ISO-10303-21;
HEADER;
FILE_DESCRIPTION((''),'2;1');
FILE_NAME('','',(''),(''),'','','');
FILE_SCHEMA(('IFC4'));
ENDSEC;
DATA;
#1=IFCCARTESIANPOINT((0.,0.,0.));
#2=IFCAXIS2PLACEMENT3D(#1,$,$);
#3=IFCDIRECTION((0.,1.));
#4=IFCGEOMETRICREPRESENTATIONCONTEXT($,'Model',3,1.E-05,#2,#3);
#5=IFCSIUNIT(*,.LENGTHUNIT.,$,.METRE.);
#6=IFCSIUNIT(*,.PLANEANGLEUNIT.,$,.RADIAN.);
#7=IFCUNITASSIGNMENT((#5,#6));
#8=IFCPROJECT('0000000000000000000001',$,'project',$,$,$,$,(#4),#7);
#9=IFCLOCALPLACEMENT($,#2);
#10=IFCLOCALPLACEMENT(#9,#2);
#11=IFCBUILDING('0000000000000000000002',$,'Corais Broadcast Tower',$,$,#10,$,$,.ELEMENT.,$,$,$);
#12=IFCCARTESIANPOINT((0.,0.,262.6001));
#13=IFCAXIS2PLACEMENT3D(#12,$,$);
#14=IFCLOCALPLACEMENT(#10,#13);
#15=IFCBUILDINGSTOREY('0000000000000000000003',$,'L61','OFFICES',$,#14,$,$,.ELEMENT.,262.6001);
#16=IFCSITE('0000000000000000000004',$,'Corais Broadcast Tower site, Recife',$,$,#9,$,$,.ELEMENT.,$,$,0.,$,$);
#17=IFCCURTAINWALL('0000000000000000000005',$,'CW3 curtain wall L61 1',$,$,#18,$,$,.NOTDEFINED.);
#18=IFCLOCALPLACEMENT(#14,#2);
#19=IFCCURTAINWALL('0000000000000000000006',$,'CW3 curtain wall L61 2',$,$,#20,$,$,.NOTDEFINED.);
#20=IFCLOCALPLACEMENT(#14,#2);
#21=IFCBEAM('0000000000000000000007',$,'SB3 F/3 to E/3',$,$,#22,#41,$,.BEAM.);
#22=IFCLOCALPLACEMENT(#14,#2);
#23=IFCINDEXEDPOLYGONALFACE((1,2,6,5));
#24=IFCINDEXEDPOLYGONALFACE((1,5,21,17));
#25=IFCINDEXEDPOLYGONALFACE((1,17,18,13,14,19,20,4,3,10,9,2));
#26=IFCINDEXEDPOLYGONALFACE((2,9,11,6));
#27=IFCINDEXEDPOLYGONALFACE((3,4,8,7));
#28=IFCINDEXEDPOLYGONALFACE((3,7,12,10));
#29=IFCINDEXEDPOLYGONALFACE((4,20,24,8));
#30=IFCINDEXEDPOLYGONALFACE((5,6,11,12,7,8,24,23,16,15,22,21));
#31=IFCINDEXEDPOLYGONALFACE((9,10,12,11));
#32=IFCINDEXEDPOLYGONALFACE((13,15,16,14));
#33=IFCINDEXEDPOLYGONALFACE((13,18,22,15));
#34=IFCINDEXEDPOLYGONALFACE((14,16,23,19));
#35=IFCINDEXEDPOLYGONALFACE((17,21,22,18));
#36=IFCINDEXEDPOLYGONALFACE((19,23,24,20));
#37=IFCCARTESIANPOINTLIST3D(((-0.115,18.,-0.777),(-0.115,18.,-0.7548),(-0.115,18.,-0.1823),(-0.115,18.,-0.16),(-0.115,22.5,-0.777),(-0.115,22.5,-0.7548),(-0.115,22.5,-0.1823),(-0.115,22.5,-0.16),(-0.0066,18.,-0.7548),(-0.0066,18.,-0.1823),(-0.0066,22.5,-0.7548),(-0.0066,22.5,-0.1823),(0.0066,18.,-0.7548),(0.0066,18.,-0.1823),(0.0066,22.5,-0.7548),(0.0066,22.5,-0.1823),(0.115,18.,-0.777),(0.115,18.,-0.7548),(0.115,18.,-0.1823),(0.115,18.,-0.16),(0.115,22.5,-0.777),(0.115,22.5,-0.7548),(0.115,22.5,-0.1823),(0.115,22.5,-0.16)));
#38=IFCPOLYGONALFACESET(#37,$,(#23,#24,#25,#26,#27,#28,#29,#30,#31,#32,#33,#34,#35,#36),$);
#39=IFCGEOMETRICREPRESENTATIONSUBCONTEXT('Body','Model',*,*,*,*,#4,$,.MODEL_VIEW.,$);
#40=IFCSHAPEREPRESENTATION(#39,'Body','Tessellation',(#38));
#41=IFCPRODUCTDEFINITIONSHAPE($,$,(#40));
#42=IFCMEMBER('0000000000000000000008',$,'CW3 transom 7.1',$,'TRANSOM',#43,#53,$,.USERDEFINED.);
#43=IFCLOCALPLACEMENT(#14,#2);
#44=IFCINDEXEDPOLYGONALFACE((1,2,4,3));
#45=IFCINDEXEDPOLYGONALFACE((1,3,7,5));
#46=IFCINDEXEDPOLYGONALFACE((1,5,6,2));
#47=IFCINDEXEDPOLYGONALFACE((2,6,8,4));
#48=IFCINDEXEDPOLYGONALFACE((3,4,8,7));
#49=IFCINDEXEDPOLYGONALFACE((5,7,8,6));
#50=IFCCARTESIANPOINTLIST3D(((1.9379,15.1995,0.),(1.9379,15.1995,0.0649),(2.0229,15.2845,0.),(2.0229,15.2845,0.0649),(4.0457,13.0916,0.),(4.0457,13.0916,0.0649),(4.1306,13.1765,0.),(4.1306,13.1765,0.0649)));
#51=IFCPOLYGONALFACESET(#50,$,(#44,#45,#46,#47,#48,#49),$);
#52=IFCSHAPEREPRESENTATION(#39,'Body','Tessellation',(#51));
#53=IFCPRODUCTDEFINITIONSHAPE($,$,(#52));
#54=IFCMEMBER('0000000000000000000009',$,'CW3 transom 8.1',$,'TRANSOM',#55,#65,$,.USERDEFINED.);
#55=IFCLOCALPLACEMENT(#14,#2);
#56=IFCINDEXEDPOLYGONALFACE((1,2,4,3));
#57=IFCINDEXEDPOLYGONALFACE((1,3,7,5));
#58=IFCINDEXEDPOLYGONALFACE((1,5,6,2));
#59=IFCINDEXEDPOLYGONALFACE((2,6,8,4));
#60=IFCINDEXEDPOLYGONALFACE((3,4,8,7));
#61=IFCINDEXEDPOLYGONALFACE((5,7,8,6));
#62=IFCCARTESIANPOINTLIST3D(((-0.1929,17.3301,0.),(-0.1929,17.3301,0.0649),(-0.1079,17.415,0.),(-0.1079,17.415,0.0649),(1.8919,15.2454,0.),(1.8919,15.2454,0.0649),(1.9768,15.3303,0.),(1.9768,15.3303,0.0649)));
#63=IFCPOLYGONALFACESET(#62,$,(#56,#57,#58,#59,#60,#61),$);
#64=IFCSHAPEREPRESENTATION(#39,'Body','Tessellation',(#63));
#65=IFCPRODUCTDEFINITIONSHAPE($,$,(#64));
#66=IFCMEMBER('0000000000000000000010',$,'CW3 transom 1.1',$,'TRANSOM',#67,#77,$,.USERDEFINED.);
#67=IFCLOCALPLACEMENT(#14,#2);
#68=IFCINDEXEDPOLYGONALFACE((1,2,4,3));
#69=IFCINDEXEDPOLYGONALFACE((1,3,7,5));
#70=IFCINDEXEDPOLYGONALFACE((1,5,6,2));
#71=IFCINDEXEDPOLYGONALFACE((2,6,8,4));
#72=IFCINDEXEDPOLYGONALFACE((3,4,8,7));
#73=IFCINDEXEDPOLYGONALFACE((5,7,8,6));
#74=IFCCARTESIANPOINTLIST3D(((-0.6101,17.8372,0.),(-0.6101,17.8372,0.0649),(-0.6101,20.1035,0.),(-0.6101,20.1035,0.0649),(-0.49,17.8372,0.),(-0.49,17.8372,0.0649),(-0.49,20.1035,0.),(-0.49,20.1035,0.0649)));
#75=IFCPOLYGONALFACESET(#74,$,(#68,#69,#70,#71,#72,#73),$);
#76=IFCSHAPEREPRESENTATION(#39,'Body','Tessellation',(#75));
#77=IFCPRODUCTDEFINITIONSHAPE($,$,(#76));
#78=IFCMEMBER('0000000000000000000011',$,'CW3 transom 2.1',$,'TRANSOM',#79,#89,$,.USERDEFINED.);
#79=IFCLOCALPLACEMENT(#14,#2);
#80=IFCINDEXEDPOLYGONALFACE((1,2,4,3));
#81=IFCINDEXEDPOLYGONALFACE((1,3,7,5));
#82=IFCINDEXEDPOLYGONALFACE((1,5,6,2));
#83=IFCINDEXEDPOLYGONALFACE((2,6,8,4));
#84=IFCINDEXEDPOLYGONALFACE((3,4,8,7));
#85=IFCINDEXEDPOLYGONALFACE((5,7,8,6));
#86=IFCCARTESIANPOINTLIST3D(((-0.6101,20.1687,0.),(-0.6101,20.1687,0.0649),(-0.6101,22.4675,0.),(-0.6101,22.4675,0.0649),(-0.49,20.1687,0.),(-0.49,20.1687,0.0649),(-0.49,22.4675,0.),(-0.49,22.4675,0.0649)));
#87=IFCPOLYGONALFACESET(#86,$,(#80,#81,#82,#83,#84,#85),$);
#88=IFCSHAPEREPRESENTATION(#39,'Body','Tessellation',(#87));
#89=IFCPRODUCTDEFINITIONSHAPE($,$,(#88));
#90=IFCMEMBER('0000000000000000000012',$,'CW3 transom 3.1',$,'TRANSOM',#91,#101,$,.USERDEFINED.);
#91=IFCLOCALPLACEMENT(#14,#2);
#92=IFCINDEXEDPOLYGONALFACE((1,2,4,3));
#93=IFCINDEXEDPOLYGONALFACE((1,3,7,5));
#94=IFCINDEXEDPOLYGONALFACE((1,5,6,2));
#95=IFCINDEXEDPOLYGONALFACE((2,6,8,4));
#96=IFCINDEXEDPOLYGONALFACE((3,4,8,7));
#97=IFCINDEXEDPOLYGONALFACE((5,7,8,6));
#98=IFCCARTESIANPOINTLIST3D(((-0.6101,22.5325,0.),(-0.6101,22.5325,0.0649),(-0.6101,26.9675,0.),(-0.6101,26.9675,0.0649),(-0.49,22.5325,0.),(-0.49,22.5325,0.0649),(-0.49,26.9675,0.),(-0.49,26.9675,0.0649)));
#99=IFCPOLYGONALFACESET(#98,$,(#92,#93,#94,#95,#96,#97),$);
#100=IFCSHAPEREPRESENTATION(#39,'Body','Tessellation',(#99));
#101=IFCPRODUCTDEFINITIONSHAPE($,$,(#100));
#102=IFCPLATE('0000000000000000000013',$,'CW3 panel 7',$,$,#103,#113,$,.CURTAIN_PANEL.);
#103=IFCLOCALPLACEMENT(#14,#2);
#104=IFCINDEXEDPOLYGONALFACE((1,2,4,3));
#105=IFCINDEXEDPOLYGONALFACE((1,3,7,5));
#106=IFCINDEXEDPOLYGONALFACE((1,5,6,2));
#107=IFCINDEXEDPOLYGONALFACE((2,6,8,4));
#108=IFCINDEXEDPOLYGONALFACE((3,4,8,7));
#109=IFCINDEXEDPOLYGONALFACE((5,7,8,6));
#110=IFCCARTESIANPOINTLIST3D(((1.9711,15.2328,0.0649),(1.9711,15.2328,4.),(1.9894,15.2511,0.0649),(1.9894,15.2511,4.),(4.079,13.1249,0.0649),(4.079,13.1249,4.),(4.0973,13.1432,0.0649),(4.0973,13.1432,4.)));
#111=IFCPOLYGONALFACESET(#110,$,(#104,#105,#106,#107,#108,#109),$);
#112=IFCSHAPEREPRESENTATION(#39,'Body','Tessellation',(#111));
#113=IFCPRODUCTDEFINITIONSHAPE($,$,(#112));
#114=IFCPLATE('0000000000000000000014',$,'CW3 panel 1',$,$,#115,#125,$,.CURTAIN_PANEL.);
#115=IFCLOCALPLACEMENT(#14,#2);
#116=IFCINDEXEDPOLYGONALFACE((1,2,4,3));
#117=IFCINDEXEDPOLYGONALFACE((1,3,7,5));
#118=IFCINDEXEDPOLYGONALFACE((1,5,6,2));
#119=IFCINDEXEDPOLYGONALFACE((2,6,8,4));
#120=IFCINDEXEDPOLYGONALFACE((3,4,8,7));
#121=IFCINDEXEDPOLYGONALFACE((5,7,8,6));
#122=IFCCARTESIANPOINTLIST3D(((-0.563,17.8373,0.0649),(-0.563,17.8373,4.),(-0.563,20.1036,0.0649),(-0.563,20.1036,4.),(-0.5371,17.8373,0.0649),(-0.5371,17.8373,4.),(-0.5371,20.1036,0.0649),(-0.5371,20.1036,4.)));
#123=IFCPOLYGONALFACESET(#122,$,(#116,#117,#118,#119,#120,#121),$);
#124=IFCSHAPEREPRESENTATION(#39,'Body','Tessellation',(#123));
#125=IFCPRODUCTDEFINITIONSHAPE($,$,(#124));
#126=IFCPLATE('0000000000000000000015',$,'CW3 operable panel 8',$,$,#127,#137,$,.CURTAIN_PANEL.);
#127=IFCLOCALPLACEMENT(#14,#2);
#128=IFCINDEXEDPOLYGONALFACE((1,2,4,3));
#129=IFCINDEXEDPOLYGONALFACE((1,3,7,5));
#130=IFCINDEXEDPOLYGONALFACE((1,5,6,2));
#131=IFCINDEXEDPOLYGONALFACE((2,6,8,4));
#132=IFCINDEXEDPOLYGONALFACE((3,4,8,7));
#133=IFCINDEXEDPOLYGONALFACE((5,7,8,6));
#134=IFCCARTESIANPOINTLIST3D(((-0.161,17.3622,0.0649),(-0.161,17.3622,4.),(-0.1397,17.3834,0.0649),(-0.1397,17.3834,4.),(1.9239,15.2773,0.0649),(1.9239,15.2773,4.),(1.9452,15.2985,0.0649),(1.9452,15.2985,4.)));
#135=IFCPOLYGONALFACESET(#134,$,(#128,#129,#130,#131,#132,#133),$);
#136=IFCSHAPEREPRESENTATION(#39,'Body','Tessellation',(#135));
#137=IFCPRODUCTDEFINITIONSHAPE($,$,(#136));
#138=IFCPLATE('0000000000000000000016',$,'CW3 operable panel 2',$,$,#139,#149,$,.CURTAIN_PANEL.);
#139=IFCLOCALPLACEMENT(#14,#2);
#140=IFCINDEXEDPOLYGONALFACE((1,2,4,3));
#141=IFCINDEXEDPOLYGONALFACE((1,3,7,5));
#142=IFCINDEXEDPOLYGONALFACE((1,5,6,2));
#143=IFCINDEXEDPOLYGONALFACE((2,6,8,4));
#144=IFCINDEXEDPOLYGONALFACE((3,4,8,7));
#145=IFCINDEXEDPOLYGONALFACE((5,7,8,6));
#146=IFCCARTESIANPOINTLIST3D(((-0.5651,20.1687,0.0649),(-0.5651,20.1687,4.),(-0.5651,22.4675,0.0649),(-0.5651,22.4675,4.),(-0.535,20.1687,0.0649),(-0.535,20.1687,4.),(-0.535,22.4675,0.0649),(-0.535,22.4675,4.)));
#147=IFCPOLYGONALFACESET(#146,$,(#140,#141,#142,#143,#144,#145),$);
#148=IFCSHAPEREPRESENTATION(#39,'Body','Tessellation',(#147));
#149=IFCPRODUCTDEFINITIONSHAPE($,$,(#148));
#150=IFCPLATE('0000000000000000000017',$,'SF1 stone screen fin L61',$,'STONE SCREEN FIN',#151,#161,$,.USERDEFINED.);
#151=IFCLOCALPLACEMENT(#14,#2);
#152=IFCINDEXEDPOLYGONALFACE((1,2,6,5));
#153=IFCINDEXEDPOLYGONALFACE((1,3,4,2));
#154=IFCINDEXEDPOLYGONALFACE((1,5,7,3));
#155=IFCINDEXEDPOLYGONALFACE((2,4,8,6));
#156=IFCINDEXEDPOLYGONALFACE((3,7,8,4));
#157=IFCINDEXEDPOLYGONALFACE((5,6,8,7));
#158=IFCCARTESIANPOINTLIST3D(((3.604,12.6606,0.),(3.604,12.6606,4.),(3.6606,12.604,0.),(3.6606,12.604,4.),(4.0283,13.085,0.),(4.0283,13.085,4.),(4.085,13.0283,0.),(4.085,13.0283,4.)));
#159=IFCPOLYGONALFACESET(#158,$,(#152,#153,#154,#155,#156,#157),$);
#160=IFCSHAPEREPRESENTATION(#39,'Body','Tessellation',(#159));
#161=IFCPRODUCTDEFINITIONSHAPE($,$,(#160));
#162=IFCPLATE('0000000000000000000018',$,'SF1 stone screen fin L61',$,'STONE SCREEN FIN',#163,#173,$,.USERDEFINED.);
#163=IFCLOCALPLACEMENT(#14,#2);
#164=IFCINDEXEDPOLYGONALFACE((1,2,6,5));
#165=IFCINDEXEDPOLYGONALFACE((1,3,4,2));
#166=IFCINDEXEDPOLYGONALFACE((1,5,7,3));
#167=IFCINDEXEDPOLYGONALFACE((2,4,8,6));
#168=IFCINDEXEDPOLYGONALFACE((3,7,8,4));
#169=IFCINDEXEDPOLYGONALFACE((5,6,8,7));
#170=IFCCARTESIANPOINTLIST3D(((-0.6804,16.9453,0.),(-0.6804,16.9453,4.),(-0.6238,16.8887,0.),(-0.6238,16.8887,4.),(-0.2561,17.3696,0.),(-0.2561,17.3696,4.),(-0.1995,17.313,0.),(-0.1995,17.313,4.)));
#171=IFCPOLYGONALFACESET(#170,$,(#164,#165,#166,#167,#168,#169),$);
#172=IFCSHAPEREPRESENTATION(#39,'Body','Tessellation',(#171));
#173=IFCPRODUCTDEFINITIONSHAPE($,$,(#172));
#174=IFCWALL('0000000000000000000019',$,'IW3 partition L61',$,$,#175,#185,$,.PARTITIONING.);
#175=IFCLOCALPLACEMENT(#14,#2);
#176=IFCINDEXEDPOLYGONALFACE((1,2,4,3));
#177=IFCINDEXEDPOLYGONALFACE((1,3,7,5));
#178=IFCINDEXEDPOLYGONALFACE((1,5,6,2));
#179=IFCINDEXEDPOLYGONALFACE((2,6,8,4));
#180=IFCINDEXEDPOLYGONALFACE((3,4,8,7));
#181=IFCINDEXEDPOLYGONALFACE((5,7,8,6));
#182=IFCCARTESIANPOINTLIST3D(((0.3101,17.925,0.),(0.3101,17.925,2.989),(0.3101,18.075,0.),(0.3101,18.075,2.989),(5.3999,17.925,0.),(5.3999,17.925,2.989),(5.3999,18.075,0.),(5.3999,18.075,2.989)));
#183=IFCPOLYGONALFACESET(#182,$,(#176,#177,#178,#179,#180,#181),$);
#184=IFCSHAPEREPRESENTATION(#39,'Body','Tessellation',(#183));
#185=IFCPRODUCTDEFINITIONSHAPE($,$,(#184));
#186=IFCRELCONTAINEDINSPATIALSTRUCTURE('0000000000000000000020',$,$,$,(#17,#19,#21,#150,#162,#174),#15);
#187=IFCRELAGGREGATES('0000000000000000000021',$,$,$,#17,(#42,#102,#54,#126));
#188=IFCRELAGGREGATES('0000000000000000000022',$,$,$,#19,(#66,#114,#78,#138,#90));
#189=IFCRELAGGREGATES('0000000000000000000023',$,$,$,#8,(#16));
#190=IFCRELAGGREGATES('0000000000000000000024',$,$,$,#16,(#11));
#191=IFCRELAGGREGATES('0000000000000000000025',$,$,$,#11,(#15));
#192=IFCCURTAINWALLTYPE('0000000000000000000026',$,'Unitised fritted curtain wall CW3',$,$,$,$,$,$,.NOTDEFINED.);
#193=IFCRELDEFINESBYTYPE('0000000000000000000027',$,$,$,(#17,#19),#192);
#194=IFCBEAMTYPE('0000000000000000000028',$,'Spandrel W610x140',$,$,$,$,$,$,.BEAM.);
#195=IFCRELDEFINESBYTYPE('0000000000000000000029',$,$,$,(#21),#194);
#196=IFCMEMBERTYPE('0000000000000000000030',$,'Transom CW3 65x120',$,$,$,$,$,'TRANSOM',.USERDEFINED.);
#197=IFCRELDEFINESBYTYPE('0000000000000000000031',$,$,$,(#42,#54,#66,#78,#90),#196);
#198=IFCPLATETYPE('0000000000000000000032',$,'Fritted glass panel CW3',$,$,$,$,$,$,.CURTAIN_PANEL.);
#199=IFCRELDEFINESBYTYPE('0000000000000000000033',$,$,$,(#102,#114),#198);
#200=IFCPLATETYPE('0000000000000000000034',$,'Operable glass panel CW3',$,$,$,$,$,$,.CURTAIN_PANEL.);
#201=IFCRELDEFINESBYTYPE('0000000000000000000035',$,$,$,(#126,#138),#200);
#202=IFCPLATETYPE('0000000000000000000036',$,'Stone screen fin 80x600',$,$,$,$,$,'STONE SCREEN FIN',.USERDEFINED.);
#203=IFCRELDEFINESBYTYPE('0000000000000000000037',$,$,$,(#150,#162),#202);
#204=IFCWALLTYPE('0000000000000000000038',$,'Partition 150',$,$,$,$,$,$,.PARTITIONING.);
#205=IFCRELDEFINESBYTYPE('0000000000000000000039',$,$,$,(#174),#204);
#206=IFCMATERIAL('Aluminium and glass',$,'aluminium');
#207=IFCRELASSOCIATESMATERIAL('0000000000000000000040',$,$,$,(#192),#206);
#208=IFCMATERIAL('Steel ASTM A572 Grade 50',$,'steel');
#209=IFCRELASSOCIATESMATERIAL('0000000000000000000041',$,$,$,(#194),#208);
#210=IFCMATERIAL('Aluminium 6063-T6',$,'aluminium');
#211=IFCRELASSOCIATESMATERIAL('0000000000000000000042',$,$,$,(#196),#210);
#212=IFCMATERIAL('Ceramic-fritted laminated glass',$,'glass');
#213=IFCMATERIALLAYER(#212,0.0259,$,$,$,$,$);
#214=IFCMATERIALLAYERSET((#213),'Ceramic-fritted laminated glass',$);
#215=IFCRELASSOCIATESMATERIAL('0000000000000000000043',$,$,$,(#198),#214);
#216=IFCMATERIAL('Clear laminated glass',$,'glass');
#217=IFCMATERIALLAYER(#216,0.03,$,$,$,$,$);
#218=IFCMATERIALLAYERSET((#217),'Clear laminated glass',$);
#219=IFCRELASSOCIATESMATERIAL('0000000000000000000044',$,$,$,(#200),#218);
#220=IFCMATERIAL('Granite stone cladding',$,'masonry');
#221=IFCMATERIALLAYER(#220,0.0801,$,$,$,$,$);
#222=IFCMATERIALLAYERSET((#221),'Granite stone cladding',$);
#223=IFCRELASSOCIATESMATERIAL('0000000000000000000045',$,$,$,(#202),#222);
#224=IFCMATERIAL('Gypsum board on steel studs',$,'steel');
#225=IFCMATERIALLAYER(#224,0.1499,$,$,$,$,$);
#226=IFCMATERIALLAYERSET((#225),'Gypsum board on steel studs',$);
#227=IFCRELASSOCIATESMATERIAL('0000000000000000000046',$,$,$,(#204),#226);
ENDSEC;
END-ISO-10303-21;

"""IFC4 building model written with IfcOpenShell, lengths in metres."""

from ifc_helpers import new_model, si_unit, direction, frame, frame_2d, origin, origin_2d, place, context, subcontext, project, spatial, rectangle, i_section, extrude, material, layer, layer_set, material_profile, profile_set, type_object, element, aggregate, save


model = new_model("IFC4")

# Units and contexts
model_context = context("Model", 3, precision=1e-05, world=origin(), true_north=direction((0.0, 1.0)))
body_context = subcontext(model_context, "Body", "Model", "MODEL_VIEW")
ifc_project = project(units=[si_unit("LENGTHUNIT", "METRE"), si_unit("PLANEANGLEUNIT", "RADIAN")], contexts=[model_context])

# Site, building, storey
site_placement = place(None, origin())
site = spatial("IfcSite", under=ifc_project, at=site_placement, Name="Corais Broadcast Tower site, Recife", CompositionType="ELEMENT", RefElevation=0.0)
building_placement = place(site_placement, origin())
building = spatial("IfcBuilding", under=site, at=building_placement, Name="Corais Broadcast Tower", CompositionType="ELEMENT")
storey_placement = place(building_placement, frame((0.0, 0.0, 262.6001)))
storey = spatial("IfcBuildingStorey", under=building, at=storey_placement, Name="L61", Description="OFFICES", CompositionType="ELEMENT", Elevation=262.6001)

# Curtain walls
ifc_material_1 = material(Name="Aluminium and glass", Category="aluminium")
curtain_wall_type = type_object("IfcCurtainWallType", Name="Unitised fritted curtain wall CW3", PredefinedType="NOTDEFINED", material=ifc_material_1)
curtain_wall_1_placement = place(storey_placement, origin())
curtain_wall_1 = element("IfcCurtainWall", 1, at=curtain_wall_1_placement, inside=storey, type_object=curtain_wall_type, Name="CW3 curtain wall L61 1", PredefinedType="NOTDEFINED")
curtain_wall_2_placement = place(storey_placement, origin())
curtain_wall_2 = element("IfcCurtainWall", 2, at=curtain_wall_2_placement, inside=storey, type_object=curtain_wall_type, Name="CW3 curtain wall L61 2", PredefinedType="NOTDEFINED")

# Beam
ifc_material_2 = material(Name="Steel ASTM A572 Grade 50", Category="steel")
ifc_material_profile_1 = material_profile(ifc_material_2, i_section(OverallWidth=0.23, OverallDepth=0.6169, WebThickness=0.0132, FlangeThickness=0.0222, at=origin_2d()), Name="W610x140")
ifc_profile_set_1 = profile_set([ifc_material_profile_1], Name="Steel ASTM A572 Grade 50")
beam_type_1 = type_object("IfcBeamType", Name="Spandrel W610x140", PredefinedType="BEAM", material=ifc_profile_set_1)
beam_1_placement = place(storey_placement, frame((0.0, 22.5, -0.4685), z_axis=(0.0, -1.0, 0.0), x_axis=(1.0, 0.0, 0.0)))
element("IfcBeam", 3, at=beam_1_placement, inside=storey, type_object=beam_type_1, Name="SB3 F/3 to E/3", PredefinedType="BEAM", context=body_context, shape_type="SweptSolid", body=[
    extrude(i_section(OverallWidth=0.23, OverallDepth=0.6169, WebThickness=0.0132, FlangeThickness=0.0222, at=origin_2d()), origin(), (0.0, 0.0, 1.0), 4.5),
])

# Members
ifc_material_3 = material(Name="Aluminium 6063-T6", Category="aluminium")
ifc_material_profile_2 = material_profile(ifc_material_3, rectangle(XDim=0.1201, YDim=0.0649, at=origin_2d()), Name="Transom CW3 65x120")
ifc_profile_set_2 = profile_set([ifc_material_profile_2], Name="Aluminium 6063-T6")
member_type_1 = type_object("IfcMemberType", Name="Transom CW3 65x120", ElementType="TRANSOM", PredefinedType="USERDEFINED", material=ifc_profile_set_2)
member_1_placement = place(storey_placement, frame((4.0881, 13.134, 0.0325), z_axis=(-0.707066, 0.707148, 0.0), x_axis=(-0.707148, -0.707066, 0.0)))
member_1 = element("IfcMember", 4, at=member_1_placement, type_object=member_type_1, Name="CW3 transom 7.1", ObjectType="TRANSOM", PredefinedType="USERDEFINED", context=body_context, shape_type="SweptSolid", body=[
    extrude(rectangle(XDim=0.1201, YDim=0.0649, at=origin_2d()), origin(), (0.0, 0.0, 1.0), 2.981),
])
member_2_placement = place(storey_placement, frame((1.9343, 15.2878, 0.0325), z_axis=(-0.707107, 0.707107, 0.0), x_axis=(-0.707107, -0.707107, 0.0)))
member_2 = element("IfcMember", 5, at=member_2_placement, type_object=member_type_1, Name="CW3 transom 8.1", ObjectType="TRANSOM", PredefinedType="USERDEFINED", context=body_context, shape_type="SweptSolid", body=[
    extrude(rectangle(XDim=0.1201, YDim=0.0649, at=origin_2d()), origin(), (0.0, 0.0, 1.0), 2.9482),
])
member_3_placement = place(storey_placement, frame((-0.55, 17.8372, 0.0325), z_axis=(0.0, 1.0, 0.0), x_axis=(-1.0, 0.0, 0.0)))
member_3 = element("IfcMember", 6, at=member_3_placement, type_object=member_type_1, Name="CW3 transom 1.1", ObjectType="TRANSOM", PredefinedType="USERDEFINED", context=body_context, shape_type="SweptSolid", body=[
    extrude(rectangle(XDim=0.1201, YDim=0.0649, at=origin_2d()), origin(), (0.0, 0.0, 1.0), 2.2664),
])
member_4_placement = place(storey_placement, frame((-0.55, 20.1687, 0.0325), z_axis=(0.0, 1.0, 0.0), x_axis=(-1.0, 0.0, 0.0)))
member_4 = element("IfcMember", 7, at=member_4_placement, type_object=member_type_1, Name="CW3 transom 2.1", ObjectType="TRANSOM", PredefinedType="USERDEFINED", context=body_context, shape_type="SweptSolid", body=[
    extrude(rectangle(XDim=0.1201, YDim=0.0649, at=origin_2d()), origin(), (0.0, 0.0, 1.0), 2.2988),
])
member_5_placement = place(storey_placement, frame((-0.55, 22.5325, 0.0325), z_axis=(0.0, 1.0, 0.0), x_axis=(-1.0, 0.0, 0.0)))
member_5 = element("IfcMember", 8, at=member_5_placement, type_object=member_type_1, Name="CW3 transom 3.1", ObjectType="TRANSOM", PredefinedType="USERDEFINED", context=body_context, shape_type="SweptSolid", body=[
    extrude(rectangle(XDim=0.1201, YDim=0.0649, at=origin_2d()), origin(), (0.0, 0.0, 1.0), 4.4351),
])

# Plates
ifc_material_4 = material(Name="Ceramic-fritted laminated glass", Category="glass")
ifc_layer_1 = layer(ifc_material_4, 0.0259)
ifc_layer_set_1 = layer_set([ifc_layer_1], Name="Ceramic-fritted laminated glass")
plate_type_1 = type_object("IfcPlateType", Name="Fritted glass panel CW3", PredefinedType="CURTAIN_PANEL", material=ifc_layer_set_1)
plate_1_placement = place(storey_placement, frame((3.0342, 14.188, 0.0649), z_axis=(0.0, 0.0, 1.0), x_axis=(-0.707107, 0.707107, 0.0)))
plate_1 = element("IfcPlate", 9, at=plate_1_placement, type_object=plate_type_1, Name="CW3 panel 7", PredefinedType="CURTAIN_PANEL", context=body_context, shape_type="SweptSolid", body=[
    extrude(rectangle(XDim=2.981, YDim=0.0259, at=origin_2d()), origin(), (0.0, 0.0, 1.0), 3.9351),
])
plate_2_placement = place(storey_placement, frame((-0.55, 18.9705, 0.0649), z_axis=(0.0, 0.0, 1.0), x_axis=(0.0, 1.0, 0.0)))
plate_2 = element("IfcPlate", 10, at=plate_2_placement, type_object=plate_type_1, Name="CW3 panel 1", PredefinedType="CURTAIN_PANEL", context=body_context, shape_type="SweptSolid", body=[
    extrude(rectangle(XDim=2.2664, YDim=0.0259, at=origin_2d()), origin(), (0.0, 0.0, 1.0), 3.9351),
])
ifc_material_5 = material(Name="Clear laminated glass", Category="glass")
ifc_layer_2 = layer(ifc_material_5, 0.03)
ifc_layer_set_2 = layer_set([ifc_layer_2], Name="Clear laminated glass")
plate_type_2 = type_object("IfcPlateType", Name="Operable glass panel CW3", PredefinedType="CURTAIN_PANEL", material=ifc_layer_set_2)
plate_3_placement = place(storey_placement, frame((0.8921, 16.3303, 0.0649), z_axis=(0.0, 0.0, 1.0), x_axis=(-0.707107, 0.707107, 0.0)))
plate_3 = element("IfcPlate", 11, at=plate_3_placement, type_object=plate_type_2, Name="CW3 operable panel 8", PredefinedType="CURTAIN_PANEL", context=body_context, shape_type="SweptSolid", body=[
    extrude(rectangle(XDim=2.9485, YDim=0.03, at=origin_2d()), origin(), (0.0, 0.0, 1.0), 3.9351),
])
aggregate(curtain_wall_1, [member_1, plate_1, member_2, plate_3])
plate_4_placement = place(storey_placement, frame((-0.55, 21.3181, 0.0649), z_axis=(0.0, 0.0, 1.0), x_axis=(0.0, 1.0, 0.0)))
plate_4 = element("IfcPlate", 12, at=plate_4_placement, type_object=plate_type_2, Name="CW3 operable panel 2", PredefinedType="CURTAIN_PANEL", context=body_context, shape_type="SweptSolid", body=[
    extrude(rectangle(XDim=2.2988, YDim=0.03, at=origin_2d()), origin(), (0.0, 0.0, 1.0), 3.9351),
])
aggregate(curtain_wall_2, [member_3, plate_2, member_4, plate_4, member_5])

# Plates
ifc_material_6 = material(Name="Granite stone cladding", Category="masonry")
ifc_layer_3 = layer(ifc_material_6, 0.0801)
ifc_layer_set_3 = layer_set([ifc_layer_3], Name="Granite stone cladding")
plate_type_3 = type_object("IfcPlateType", Name="Stone screen fin 80x600", ElementType="STONE SCREEN FIN", PredefinedType="USERDEFINED", material=ifc_layer_set_3)
for number, where, z_axis, x_axis, name in (
    (13, (3.8445, 12.8445, 0.0), (0.0, 0.0, 1.0), (-0.707107, 0.707107, 0.0), "SF1 stone screen fin L61"),
    (14, (-0.4399, 17.1292, 0.0), (0.0, 0.0, 1.0), (-0.707107, 0.707107, 0.0), "SF1 stone screen fin L61"),
):
    element("IfcPlate", number, at=place(storey_placement, frame(where, z_axis=z_axis, x_axis=x_axis)), inside=storey, type_object=plate_type_3, Name=name, ObjectType="STONE SCREEN FIN", PredefinedType="USERDEFINED", context=body_context, shape_type="SweptSolid", body=[
        extrude(rectangle(XDim=0.0801, YDim=0.6001, at=origin_2d()), origin(), (0.0, 0.0, 1.0), 4.0),
    ])

# Wall
ifc_material_7 = material(Name="Gypsum board on steel studs", Category="steel")
ifc_layer_4 = layer(ifc_material_7, 0.1499)
ifc_layer_set_4 = layer_set([ifc_layer_4], Name="Gypsum board on steel studs")
wall_type = type_object("IfcWallType", Name="Partition 150", PredefinedType="PARTITIONING", material=ifc_layer_set_4)
wall_placement = place(storey_placement, frame((0.3101, 18.0, 0.0), z_axis=(0.0, 0.0, 1.0), x_axis=(1.0, 0.0, 0.0)))
element("IfcWall", 15, at=wall_placement, inside=storey, type_object=wall_type, Name="IW3 partition L61", PredefinedType="PARTITIONING", context=body_context, shape_type="SweptSolid", body=[
    extrude(rectangle(XDim=5.0898, YDim=0.1499, at=frame_2d((2.5449, 0.0))), origin(), (0.0, 0.0, 1.0), 2.989),
])

save(model, "model.ifc")
